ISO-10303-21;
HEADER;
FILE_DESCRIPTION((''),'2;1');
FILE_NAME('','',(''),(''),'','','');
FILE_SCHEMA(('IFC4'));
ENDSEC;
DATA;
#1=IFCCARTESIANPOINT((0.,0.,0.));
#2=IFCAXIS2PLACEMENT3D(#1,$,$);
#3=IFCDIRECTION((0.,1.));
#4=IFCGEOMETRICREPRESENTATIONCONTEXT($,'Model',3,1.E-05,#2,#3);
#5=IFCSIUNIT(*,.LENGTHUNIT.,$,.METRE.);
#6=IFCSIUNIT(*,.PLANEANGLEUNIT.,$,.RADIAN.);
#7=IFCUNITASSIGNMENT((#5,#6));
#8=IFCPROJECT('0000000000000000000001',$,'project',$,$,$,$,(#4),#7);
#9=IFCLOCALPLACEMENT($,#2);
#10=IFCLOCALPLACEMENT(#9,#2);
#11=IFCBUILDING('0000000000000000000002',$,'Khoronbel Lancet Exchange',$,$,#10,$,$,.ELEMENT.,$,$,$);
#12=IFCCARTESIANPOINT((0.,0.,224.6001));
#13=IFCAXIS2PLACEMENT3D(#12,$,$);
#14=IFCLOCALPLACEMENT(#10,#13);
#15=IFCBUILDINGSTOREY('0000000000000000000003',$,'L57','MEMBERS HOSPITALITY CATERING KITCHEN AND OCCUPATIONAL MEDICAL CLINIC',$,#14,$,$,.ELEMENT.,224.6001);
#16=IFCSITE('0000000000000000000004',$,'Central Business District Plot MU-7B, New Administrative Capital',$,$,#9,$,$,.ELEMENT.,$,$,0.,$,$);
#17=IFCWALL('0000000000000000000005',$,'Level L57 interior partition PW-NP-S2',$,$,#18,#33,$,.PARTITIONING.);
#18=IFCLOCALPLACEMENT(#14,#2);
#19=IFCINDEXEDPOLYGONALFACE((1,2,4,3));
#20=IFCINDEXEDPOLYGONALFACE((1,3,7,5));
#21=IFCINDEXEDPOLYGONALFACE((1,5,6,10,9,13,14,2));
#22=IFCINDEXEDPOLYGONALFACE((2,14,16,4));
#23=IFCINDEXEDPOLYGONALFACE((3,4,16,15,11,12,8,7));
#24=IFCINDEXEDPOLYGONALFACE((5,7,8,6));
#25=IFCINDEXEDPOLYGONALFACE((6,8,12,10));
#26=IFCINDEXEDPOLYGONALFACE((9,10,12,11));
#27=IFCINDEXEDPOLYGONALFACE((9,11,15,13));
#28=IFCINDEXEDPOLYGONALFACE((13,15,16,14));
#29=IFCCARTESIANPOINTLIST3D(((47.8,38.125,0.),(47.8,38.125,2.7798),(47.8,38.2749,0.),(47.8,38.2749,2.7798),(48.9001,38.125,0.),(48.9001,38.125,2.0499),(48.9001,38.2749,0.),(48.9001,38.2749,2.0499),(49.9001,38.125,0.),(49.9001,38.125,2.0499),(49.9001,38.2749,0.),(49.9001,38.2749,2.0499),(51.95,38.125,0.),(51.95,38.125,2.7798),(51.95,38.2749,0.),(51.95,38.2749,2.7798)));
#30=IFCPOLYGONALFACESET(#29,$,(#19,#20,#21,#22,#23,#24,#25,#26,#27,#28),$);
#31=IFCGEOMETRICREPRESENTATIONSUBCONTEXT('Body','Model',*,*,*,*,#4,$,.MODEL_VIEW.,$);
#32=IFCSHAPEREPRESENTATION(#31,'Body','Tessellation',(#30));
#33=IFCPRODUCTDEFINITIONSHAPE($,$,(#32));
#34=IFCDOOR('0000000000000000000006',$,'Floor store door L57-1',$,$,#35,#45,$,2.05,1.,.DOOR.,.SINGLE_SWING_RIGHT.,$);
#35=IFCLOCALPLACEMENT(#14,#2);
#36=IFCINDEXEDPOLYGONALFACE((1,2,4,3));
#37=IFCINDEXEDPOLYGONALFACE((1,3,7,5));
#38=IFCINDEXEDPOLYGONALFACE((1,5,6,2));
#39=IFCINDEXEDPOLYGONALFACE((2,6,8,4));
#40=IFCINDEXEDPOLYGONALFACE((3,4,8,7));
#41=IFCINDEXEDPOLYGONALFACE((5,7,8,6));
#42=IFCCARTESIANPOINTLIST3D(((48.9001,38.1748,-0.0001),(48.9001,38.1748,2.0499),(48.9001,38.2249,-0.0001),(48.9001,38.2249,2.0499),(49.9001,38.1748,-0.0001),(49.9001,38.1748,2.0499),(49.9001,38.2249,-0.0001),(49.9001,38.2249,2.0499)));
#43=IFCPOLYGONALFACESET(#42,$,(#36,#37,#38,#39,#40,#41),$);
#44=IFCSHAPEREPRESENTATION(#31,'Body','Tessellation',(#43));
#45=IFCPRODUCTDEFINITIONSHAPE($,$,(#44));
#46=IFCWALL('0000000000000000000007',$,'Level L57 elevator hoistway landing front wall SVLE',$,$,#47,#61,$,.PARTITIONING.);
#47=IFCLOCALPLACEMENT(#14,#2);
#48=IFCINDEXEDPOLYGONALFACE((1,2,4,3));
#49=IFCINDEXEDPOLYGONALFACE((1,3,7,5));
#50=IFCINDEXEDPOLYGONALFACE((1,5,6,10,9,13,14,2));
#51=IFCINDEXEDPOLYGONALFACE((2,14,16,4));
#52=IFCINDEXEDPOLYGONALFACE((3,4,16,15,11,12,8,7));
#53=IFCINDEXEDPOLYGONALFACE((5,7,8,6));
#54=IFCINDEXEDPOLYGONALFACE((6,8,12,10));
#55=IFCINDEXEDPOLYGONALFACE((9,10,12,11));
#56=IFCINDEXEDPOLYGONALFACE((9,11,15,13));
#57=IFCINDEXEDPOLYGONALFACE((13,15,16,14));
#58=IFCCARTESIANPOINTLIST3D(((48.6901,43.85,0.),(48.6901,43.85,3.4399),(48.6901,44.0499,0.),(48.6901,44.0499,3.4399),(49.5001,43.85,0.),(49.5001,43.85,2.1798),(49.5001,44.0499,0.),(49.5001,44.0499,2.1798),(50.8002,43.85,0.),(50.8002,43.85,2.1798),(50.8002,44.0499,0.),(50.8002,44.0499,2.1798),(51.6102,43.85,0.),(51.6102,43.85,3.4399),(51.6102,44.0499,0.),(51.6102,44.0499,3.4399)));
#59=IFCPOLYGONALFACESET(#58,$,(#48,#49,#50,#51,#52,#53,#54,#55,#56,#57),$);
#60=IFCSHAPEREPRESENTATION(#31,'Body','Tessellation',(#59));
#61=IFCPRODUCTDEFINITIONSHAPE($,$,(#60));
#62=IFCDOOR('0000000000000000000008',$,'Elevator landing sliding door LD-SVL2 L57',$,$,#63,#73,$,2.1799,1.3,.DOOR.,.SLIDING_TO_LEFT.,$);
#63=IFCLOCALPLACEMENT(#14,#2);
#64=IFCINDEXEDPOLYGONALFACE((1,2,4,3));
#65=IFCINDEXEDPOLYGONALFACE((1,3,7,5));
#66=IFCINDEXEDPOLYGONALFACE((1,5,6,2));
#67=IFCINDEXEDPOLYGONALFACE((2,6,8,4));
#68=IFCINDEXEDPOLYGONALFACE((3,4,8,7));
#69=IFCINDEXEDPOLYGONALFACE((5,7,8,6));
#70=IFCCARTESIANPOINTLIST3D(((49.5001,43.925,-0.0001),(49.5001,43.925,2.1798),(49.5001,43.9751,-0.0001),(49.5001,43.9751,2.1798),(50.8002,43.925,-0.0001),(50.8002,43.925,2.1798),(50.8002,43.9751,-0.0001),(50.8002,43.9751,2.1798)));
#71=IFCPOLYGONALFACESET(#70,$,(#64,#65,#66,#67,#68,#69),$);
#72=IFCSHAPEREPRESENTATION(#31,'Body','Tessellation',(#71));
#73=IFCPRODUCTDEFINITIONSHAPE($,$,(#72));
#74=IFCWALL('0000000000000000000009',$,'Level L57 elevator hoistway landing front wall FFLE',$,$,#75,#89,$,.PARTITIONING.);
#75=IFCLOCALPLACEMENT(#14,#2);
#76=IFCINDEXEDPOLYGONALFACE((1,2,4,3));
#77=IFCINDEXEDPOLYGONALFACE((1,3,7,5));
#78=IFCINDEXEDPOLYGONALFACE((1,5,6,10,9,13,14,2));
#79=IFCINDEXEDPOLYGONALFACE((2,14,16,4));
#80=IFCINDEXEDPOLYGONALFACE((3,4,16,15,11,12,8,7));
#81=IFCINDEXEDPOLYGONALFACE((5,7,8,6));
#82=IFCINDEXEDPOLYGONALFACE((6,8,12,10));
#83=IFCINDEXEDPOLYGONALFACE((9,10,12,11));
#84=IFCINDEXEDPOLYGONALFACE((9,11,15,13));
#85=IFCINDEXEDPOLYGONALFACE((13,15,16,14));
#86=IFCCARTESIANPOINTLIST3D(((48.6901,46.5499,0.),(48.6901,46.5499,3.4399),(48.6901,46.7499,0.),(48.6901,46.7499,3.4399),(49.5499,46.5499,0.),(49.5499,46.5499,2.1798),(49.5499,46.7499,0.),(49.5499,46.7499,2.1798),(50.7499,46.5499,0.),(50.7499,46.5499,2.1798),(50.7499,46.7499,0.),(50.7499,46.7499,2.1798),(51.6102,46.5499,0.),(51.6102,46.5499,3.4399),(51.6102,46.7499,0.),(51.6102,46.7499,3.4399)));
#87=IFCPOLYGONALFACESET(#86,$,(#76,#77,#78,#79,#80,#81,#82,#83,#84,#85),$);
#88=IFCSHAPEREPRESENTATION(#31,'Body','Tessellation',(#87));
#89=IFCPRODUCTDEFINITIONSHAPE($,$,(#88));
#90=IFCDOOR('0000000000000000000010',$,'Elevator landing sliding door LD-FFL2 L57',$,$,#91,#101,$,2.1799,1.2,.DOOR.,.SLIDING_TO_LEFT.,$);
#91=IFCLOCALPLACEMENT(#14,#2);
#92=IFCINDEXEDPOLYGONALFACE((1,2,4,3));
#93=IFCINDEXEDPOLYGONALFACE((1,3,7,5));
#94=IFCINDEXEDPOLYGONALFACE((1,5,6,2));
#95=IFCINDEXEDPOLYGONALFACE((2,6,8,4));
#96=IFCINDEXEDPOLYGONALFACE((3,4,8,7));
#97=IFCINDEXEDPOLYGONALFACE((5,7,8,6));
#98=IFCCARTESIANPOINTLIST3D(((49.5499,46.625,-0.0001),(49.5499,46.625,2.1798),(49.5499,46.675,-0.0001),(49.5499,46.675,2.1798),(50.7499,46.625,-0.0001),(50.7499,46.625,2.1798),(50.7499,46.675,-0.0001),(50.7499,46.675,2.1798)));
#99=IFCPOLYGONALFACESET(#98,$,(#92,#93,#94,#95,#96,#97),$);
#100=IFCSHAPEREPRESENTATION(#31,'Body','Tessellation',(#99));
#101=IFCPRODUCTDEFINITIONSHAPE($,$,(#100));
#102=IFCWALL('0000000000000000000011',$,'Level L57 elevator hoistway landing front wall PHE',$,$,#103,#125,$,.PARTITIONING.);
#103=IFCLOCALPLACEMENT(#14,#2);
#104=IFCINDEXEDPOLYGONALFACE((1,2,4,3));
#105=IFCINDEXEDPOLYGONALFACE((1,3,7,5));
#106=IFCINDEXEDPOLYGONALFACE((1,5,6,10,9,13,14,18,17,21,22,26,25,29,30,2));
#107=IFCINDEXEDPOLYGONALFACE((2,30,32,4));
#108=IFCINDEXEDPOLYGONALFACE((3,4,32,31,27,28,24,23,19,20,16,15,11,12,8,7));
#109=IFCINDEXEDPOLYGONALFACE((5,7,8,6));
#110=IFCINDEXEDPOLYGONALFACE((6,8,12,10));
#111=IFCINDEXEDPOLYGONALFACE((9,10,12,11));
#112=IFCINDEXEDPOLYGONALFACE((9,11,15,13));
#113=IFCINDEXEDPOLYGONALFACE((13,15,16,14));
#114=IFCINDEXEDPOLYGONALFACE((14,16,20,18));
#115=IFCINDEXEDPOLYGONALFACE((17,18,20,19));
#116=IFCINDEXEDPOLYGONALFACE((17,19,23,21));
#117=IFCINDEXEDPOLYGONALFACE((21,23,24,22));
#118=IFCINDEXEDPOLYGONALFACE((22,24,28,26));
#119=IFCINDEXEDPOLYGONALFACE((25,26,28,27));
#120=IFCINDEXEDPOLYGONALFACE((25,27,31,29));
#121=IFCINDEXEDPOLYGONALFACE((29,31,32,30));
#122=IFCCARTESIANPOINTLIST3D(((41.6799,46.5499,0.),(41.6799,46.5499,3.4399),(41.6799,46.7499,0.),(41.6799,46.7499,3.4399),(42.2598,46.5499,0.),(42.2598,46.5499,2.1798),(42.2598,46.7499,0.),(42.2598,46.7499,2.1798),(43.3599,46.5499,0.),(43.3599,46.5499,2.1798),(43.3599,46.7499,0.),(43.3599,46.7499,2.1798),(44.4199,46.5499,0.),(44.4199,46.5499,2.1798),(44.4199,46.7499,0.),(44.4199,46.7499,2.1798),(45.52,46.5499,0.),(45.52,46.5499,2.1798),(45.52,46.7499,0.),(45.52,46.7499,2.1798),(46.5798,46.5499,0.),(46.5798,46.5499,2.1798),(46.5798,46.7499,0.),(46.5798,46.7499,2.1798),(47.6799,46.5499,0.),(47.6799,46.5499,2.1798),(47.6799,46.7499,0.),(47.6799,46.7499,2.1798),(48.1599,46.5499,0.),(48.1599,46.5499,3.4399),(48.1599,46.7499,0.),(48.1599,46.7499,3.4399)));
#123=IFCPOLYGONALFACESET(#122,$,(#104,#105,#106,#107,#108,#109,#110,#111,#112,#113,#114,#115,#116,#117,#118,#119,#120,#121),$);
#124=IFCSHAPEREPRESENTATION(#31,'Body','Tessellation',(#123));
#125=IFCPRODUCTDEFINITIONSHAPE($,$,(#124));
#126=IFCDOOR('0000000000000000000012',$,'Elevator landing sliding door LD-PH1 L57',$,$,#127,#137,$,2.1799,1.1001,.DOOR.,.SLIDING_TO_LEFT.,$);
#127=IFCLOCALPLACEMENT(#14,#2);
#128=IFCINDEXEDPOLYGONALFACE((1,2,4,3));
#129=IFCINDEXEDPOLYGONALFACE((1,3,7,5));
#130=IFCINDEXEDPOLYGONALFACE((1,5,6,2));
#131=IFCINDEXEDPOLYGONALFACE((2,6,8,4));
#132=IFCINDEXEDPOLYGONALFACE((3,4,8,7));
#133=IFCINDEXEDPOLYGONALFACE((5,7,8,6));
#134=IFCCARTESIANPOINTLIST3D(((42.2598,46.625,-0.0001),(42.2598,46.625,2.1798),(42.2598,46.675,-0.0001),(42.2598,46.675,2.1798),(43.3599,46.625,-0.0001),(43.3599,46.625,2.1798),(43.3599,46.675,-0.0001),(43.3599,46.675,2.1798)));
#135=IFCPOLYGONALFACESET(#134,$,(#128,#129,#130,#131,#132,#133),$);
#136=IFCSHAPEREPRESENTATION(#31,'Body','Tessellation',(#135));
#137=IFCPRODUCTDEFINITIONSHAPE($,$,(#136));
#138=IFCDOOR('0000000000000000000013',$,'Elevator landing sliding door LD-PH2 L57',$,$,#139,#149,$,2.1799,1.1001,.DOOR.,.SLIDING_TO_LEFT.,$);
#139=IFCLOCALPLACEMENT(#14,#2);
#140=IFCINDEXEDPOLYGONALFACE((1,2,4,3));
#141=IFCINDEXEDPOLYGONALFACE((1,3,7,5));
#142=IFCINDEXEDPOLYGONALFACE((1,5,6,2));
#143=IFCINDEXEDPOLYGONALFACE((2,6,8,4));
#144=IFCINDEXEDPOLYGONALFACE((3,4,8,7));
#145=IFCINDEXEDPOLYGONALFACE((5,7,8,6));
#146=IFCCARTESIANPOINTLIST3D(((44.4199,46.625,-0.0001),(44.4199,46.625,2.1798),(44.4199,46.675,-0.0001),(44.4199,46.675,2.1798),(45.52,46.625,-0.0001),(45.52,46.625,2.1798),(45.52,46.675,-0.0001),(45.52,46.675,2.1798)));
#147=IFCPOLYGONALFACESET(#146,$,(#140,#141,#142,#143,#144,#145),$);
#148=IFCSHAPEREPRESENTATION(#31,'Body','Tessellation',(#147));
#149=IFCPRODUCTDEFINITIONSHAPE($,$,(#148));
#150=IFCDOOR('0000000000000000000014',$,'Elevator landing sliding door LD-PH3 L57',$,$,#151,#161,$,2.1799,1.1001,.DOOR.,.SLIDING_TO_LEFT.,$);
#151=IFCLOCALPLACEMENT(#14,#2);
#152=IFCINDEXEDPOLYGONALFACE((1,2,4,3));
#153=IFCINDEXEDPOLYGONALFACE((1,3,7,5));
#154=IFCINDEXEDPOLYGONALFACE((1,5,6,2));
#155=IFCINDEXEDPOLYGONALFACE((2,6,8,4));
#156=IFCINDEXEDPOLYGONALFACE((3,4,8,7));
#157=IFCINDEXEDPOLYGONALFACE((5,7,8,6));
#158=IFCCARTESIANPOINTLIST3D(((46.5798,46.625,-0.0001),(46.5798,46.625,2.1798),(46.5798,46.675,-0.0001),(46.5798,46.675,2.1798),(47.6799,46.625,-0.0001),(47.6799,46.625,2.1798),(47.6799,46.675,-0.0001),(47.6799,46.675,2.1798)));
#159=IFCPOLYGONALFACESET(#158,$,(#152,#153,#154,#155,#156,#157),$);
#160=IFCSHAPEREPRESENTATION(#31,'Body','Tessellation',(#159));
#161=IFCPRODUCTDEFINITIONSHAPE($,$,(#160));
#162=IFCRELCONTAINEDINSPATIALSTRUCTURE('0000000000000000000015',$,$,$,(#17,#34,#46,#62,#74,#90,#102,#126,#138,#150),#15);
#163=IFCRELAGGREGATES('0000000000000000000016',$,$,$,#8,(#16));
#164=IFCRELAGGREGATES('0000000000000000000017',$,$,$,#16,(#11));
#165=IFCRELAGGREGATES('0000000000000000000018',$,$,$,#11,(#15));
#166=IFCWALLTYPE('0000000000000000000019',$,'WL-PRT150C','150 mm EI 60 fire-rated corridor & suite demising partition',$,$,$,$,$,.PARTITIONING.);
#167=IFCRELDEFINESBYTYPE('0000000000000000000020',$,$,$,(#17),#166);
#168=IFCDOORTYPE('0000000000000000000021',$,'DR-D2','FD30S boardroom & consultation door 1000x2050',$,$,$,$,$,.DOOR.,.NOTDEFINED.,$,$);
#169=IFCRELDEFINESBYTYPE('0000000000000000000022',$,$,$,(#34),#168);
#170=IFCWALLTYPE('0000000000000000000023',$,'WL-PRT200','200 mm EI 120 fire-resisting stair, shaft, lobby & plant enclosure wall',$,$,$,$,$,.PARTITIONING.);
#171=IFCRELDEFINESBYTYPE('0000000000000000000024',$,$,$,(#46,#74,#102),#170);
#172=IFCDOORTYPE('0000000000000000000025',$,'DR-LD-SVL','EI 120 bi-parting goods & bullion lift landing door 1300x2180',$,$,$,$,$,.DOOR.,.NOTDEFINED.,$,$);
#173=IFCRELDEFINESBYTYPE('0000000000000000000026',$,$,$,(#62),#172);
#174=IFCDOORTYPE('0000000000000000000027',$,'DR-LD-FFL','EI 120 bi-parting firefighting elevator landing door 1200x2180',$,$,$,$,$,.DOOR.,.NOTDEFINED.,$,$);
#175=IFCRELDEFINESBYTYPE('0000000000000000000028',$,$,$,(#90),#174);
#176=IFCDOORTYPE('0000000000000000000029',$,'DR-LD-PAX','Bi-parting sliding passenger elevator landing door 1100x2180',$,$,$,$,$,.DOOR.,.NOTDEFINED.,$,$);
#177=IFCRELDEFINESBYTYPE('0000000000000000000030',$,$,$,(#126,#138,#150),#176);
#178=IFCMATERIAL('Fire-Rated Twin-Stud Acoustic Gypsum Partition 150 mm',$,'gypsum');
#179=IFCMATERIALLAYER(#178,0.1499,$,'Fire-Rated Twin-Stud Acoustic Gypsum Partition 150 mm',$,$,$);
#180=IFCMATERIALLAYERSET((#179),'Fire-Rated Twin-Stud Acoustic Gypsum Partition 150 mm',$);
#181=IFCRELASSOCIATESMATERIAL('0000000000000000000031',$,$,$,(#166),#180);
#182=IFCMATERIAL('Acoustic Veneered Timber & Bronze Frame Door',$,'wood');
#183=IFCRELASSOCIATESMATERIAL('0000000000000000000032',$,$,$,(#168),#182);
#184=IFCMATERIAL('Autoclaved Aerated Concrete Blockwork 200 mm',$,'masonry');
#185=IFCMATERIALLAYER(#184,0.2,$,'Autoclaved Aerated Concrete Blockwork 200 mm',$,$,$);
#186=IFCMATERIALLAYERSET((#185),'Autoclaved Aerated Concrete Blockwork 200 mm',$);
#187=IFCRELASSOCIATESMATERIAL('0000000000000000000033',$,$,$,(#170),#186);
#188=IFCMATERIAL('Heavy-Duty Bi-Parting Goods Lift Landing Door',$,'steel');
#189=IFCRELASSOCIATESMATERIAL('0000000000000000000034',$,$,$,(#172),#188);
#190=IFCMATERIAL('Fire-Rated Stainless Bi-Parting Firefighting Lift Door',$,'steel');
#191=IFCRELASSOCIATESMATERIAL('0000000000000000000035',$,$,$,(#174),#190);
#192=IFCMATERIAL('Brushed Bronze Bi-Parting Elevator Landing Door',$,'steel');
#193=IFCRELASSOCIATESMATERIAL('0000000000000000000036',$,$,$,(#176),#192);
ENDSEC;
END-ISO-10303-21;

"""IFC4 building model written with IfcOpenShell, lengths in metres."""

from ifc_helpers import new_model, si_unit, direction, frame, frame_2d, origin, place, context, subcontext, project, spatial, rectangle, extrude, material, layer, layer_set, type_object, element, fill, save


model = new_model("IFC4")

# Units and contexts
model_context = context("Model", 3, precision=1e-05, world=origin(), true_north=direction((0.0, 1.0)))
body_context = subcontext(model_context, "Body", "Model", "MODEL_VIEW")
ifc_project = project(units=[si_unit("LENGTHUNIT", "METRE"), si_unit("PLANEANGLEUNIT", "RADIAN")], contexts=[model_context])

# Site, building, storey
site_placement = place(None, origin())
site = spatial("IfcSite", under=ifc_project, at=site_placement, Name="Central Business District Plot MU-7B, New Administrative Capital", CompositionType="ELEMENT", RefElevation=0.0)
building_placement = place(site_placement, origin())
building = spatial("IfcBuilding", under=site, at=building_placement, Name="Khoronbel Lancet Exchange", CompositionType="ELEMENT")
storey_placement = place(building_placement, frame((0.0, 0.0, 224.6001)))
storey = spatial("IfcBuildingStorey", under=building, at=storey_placement, Name="L57", Description="MEMBERS HOSPITALITY CATERING KITCHEN AND OCCUPATIONAL MEDICAL CLINIC", CompositionType="ELEMENT", Elevation=224.6001)

# Walls, openings, doors
ifc_material_1 = material(Name="Fire-Rated Twin-Stud Acoustic Gypsum Partition 150 mm", Category="gypsum")
ifc_layer_1 = layer(ifc_material_1, 0.1499, Name="Fire-Rated Twin-Stud Acoustic Gypsum Partition 150 mm")
ifc_layer_set_1 = layer_set([ifc_layer_1], Name="Fire-Rated Twin-Stud Acoustic Gypsum Partition 150 mm")
wall_type_1 = type_object("IfcWallType", Name="WL-PRT150C", Description="150 mm EI 60 fire-rated corridor & suite demising partition", PredefinedType="PARTITIONING", material=ifc_layer_set_1)
wall_1_placement = place(storey_placement, frame((47.8, 38.2, 0.0), z_axis=(0.0, 0.0, 1.0), x_axis=(1.0, 0.0, 0.0)))
wall_1 = element("IfcWall", 1, at=wall_1_placement, inside=storey, type_object=wall_type_1, Name="Level L57 interior partition PW-NP-S2", PredefinedType="PARTITIONING", context=body_context, shape_type="SweptSolid", body=[
    extrude(rectangle(XDim=4.1499, YDim=0.1499, at=frame_2d((2.075, 0.0))), origin(), (0.0, 0.0, 1.0), 2.7798),
])
opening_1_placement = place(wall_1_placement, frame((1.1001, 0.0, 0.0)))
opening_1 = element("IfcOpeningElement", 2, at=opening_1_placement, cuts=wall_1, PredefinedType="OPENING", context=body_context, shape_type="SweptSolid", body=[
    extrude(rectangle(XDim=1.0, YDim=2.05, at=frame_2d((0.5, 1.0249))), frame((0.0, 0.085, 0.0), z_axis=(0.0, -1.0, 0.0), x_axis=(1.0, 0.0, 0.0)), (0.0, 0.0, 1.0), 0.1699),
])
ifc_material_2 = material(Name="Acoustic Veneered Timber & Bronze Frame Door", Category="wood")
door_type_1 = type_object("IfcDoorType", Name="DR-D2", Description="FD30S boardroom & consultation door 1000x2050", OperationType="NOTDEFINED", PredefinedType="DOOR", material=ifc_material_2)
door_1_placement = place(opening_1_placement, origin())
door_1 = element("IfcDoor", 3, at=door_1_placement, inside=storey, type_object=door_type_1, Name="Floor store door L57-1", OperationType="SINGLE_SWING_RIGHT", OverallHeight=2.05, OverallWidth=1.0, PredefinedType="DOOR", context=body_context, shape_type="SweptSolid", body=[
    extrude(rectangle(XDim=1.0, YDim=2.05, at=frame_2d((0.5, 1.0249))), frame((0.0, 0.0249, 0.0), z_axis=(0.0, -1.0, 0.0), x_axis=(1.0, 0.0, 0.0)), (0.0, 0.0, 1.0), 0.05),
])
fill(opening_1, door_1)
ifc_material_3 = material(Name="Autoclaved Aerated Concrete Blockwork 200 mm", Category="masonry")
ifc_layer_2 = layer(ifc_material_3, 0.2, Name="Autoclaved Aerated Concrete Blockwork 200 mm")
ifc_layer_set_2 = layer_set([ifc_layer_2], Name="Autoclaved Aerated Concrete Blockwork 200 mm")
wall_type_2 = type_object("IfcWallType", Name="WL-PRT200", Description="200 mm EI 120 fire-resisting stair, shaft, lobby & plant enclosure wall", PredefinedType="PARTITIONING", material=ifc_layer_set_2)
wall_2_placement = place(storey_placement, frame((51.6101, 43.95, 0.0), z_axis=(0.0, 0.0, 1.0), x_axis=(-1.0, 0.0, 0.0)))
wall_2 = element("IfcWall", 4, at=wall_2_placement, inside=storey, type_object=wall_type_2, Name="Level L57 elevator hoistway landing front wall SVLE", PredefinedType="PARTITIONING", context=body_context, shape_type="SweptSolid", body=[
    extrude(rectangle(XDim=2.9202, YDim=0.2, at=frame_2d((1.46, 0.0))), origin(), (0.0, 0.0, 1.0), 3.4399),
])
opening_2_placement = place(wall_2_placement, frame((0.8101, 0.0, 0.0)))
opening_2 = element("IfcOpeningElement", 5, at=opening_2_placement, cuts=wall_2, PredefinedType="OPENING", context=body_context, shape_type="SweptSolid", body=[
    extrude(rectangle(XDim=1.3, YDim=2.1799, at=frame_2d((0.6499, 1.0898))), frame((0.0, 0.1099, 0.0), z_axis=(0.0, -1.0, 0.0), x_axis=(1.0, 0.0, 0.0)), (0.0, 0.0, 1.0), 0.22),
])
ifc_material_4 = material(Name="Heavy-Duty Bi-Parting Goods Lift Landing Door", Category="steel")
door_type_2 = type_object("IfcDoorType", Name="DR-LD-SVL", Description="EI 120 bi-parting goods & bullion lift landing door 1300x2180", OperationType="NOTDEFINED", PredefinedType="DOOR", material=ifc_material_4)
door_2_placement = place(opening_2_placement, origin())
door_2 = element("IfcDoor", 6, at=door_2_placement, inside=storey, type_object=door_type_2, Name="Elevator landing sliding door LD-SVL2 L57", OperationType="SLIDING_TO_LEFT", OverallHeight=2.1799, OverallWidth=1.3, PredefinedType="DOOR", context=body_context, shape_type="SweptSolid", body=[
    extrude(rectangle(XDim=1.3, YDim=2.1799, at=frame_2d((0.6499, 1.0898))), frame((0.0, 0.0249, 0.0), z_axis=(0.0, -1.0, 0.0), x_axis=(1.0, 0.0, 0.0)), (0.0, 0.0, 1.0), 0.05),
])
fill(opening_2, door_2)
wall_3_placement = place(storey_placement, frame((51.6101, 46.6499, 0.0), z_axis=(0.0, 0.0, 1.0), x_axis=(-1.0, 0.0, 0.0)))
wall_3 = element("IfcWall", 7, at=wall_3_placement, inside=storey, type_object=wall_type_2, Name="Level L57 elevator hoistway landing front wall FFLE", PredefinedType="PARTITIONING", context=body_context, shape_type="SweptSolid", body=[
    extrude(rectangle(XDim=2.9202, YDim=0.2, at=frame_2d((1.46, 0.0))), origin(), (0.0, 0.0, 1.0), 3.4399),
])
opening_3_placement = place(wall_3_placement, frame((0.8601, 0.0, 0.0)))
opening_3 = element("IfcOpeningElement", 8, at=opening_3_placement, cuts=wall_3, PredefinedType="OPENING", context=body_context, shape_type="SweptSolid", body=[
    extrude(rectangle(XDim=1.2, YDim=2.1799, at=frame_2d((0.6001, 1.0898))), frame((0.0, 0.1099, 0.0), z_axis=(0.0, -1.0, 0.0), x_axis=(1.0, 0.0, 0.0)), (0.0, 0.0, 1.0), 0.22),
])
ifc_material_5 = material(Name="Fire-Rated Stainless Bi-Parting Firefighting Lift Door", Category="steel")
door_type_3 = type_object("IfcDoorType", Name="DR-LD-FFL", Description="EI 120 bi-parting firefighting elevator landing door 1200x2180", OperationType="NOTDEFINED", PredefinedType="DOOR", material=ifc_material_5)
door_3_placement = place(opening_3_placement, origin())
door_3 = element("IfcDoor", 9, at=door_3_placement, inside=storey, type_object=door_type_3, Name="Elevator landing sliding door LD-FFL2 L57", OperationType="SLIDING_TO_LEFT", OverallHeight=2.1799, OverallWidth=1.2, PredefinedType="DOOR", context=body_context, shape_type="SweptSolid", body=[
    extrude(rectangle(XDim=1.2, YDim=2.1799, at=frame_2d((0.6001, 1.0898))), frame((0.0, 0.0249, 0.0), z_axis=(0.0, -1.0, 0.0), x_axis=(1.0, 0.0, 0.0)), (0.0, 0.0, 1.0), 0.05),
])
fill(opening_3, door_3)

# Wall, openings, doors
wall_4_placement = place(storey_placement, frame((48.1599, 46.6499, 0.0), z_axis=(0.0, 0.0, 1.0), x_axis=(-1.0, 0.0, 0.0)))
wall_4 = element("IfcWall", 10, at=wall_4_placement, inside=storey, type_object=wall_type_2, Name="Level L57 elevator hoistway landing front wall PHE", PredefinedType="PARTITIONING", context=body_context, shape_type="SweptSolid", body=[
    extrude(rectangle(XDim=6.48, YDim=0.2, at=frame_2d((3.24, 0.0))), origin(), (0.0, 0.0, 1.0), 3.4399),
])
opening_4_placement = place(wall_4_placement, frame((4.8, 0.0, 0.0)))
opening_4 = element("IfcOpeningElement", 11, at=opening_4_placement, cuts=wall_4, PredefinedType="OPENING", context=body_context, shape_type="SweptSolid", body=[
    extrude(rectangle(XDim=1.1001, YDim=2.1799, at=frame_2d((0.55, 1.0898))), frame((0.0, 0.1099, 0.0), z_axis=(0.0, -1.0, 0.0), x_axis=(1.0, 0.0, 0.0)), (0.0, 0.0, 1.0), 0.22),
])
opening_5_placement = place(wall_4_placement, frame((2.6399, 0.0, 0.0)))
opening_5 = element("IfcOpeningElement", 12, at=opening_5_placement, cuts=wall_4, PredefinedType="OPENING", context=body_context, shape_type="SweptSolid", body=[
    extrude(rectangle(XDim=1.1001, YDim=2.1799, at=frame_2d((0.55, 1.0898))), frame((0.0, 0.1099, 0.0), z_axis=(0.0, -1.0, 0.0), x_axis=(1.0, 0.0, 0.0)), (0.0, 0.0, 1.0), 0.22),
])
opening_6_placement = place(wall_4_placement, frame((0.48, 0.0, 0.0)))
opening_6 = element("IfcOpeningElement", 13, at=opening_6_placement, cuts=wall_4, PredefinedType="OPENING", context=body_context, shape_type="SweptSolid", body=[
    extrude(rectangle(XDim=1.1001, YDim=2.1799, at=frame_2d((0.55, 1.0898))), frame((0.0, 0.1099, 0.0), z_axis=(0.0, -1.0, 0.0), x_axis=(1.0, 0.0, 0.0)), (0.0, 0.0, 1.0), 0.22),
])
ifc_material_6 = material(Name="Brushed Bronze Bi-Parting Elevator Landing Door", Category="steel")
door_type_4 = type_object("IfcDoorType", Name="DR-LD-PAX", Description="Bi-parting sliding passenger elevator landing door 1100x2180", OperationType="NOTDEFINED", PredefinedType="DOOR", material=ifc_material_6)
door_4_placement = place(opening_4_placement, origin())
door_4 = element("IfcDoor", 14, at=door_4_placement, inside=storey, type_object=door_type_4, Name="Elevator landing sliding door LD-PH1 L57", OperationType="SLIDING_TO_LEFT", OverallHeight=2.1799, OverallWidth=1.1001, PredefinedType="DOOR", context=body_context, shape_type="SweptSolid", body=[
    extrude(rectangle(XDim=1.1001, YDim=2.1799, at=frame_2d((0.55, 1.0898))), frame((0.0, 0.0249, 0.0), z_axis=(0.0, -1.0, 0.0), x_axis=(1.0, 0.0, 0.0)), (0.0, 0.0, 1.0), 0.05),
])
fill(opening_4, door_4)
door_5_placement = place(opening_5_placement, origin())
door_5 = element("IfcDoor", 15, at=door_5_placement, inside=storey, type_object=door_type_4, Name="Elevator landing sliding door LD-PH2 L57", OperationType="SLIDING_TO_LEFT", OverallHeight=2.1799, OverallWidth=1.1001, PredefinedType="DOOR", context=body_context, shape_type="SweptSolid", body=[
    extrude(rectangle(XDim=1.1001, YDim=2.1799, at=frame_2d((0.55, 1.0898))), frame((0.0, 0.0249, 0.0), z_axis=(0.0, -1.0, 0.0), x_axis=(1.0, 0.0, 0.0)), (0.0, 0.0, 1.0), 0.05),
])
fill(opening_5, door_5)
door_6_placement = place(opening_6_placement, origin())
door_6 = element("IfcDoor", 16, at=door_6_placement, inside=storey, type_object=door_type_4, Name="Elevator landing sliding door LD-PH3 L57", OperationType="SLIDING_TO_LEFT", OverallHeight=2.1799, OverallWidth=1.1001, PredefinedType="DOOR", context=body_context, shape_type="SweptSolid", body=[
    extrude(rectangle(XDim=1.1001, YDim=2.1799, at=frame_2d((0.55, 1.0898))), frame((0.0, 0.0249, 0.0), z_axis=(0.0, -1.0, 0.0), x_axis=(1.0, 0.0, 0.0)), (0.0, 0.0, 1.0), 0.05),
])
fill(opening_6, door_6)

save(model, "model.ifc")
